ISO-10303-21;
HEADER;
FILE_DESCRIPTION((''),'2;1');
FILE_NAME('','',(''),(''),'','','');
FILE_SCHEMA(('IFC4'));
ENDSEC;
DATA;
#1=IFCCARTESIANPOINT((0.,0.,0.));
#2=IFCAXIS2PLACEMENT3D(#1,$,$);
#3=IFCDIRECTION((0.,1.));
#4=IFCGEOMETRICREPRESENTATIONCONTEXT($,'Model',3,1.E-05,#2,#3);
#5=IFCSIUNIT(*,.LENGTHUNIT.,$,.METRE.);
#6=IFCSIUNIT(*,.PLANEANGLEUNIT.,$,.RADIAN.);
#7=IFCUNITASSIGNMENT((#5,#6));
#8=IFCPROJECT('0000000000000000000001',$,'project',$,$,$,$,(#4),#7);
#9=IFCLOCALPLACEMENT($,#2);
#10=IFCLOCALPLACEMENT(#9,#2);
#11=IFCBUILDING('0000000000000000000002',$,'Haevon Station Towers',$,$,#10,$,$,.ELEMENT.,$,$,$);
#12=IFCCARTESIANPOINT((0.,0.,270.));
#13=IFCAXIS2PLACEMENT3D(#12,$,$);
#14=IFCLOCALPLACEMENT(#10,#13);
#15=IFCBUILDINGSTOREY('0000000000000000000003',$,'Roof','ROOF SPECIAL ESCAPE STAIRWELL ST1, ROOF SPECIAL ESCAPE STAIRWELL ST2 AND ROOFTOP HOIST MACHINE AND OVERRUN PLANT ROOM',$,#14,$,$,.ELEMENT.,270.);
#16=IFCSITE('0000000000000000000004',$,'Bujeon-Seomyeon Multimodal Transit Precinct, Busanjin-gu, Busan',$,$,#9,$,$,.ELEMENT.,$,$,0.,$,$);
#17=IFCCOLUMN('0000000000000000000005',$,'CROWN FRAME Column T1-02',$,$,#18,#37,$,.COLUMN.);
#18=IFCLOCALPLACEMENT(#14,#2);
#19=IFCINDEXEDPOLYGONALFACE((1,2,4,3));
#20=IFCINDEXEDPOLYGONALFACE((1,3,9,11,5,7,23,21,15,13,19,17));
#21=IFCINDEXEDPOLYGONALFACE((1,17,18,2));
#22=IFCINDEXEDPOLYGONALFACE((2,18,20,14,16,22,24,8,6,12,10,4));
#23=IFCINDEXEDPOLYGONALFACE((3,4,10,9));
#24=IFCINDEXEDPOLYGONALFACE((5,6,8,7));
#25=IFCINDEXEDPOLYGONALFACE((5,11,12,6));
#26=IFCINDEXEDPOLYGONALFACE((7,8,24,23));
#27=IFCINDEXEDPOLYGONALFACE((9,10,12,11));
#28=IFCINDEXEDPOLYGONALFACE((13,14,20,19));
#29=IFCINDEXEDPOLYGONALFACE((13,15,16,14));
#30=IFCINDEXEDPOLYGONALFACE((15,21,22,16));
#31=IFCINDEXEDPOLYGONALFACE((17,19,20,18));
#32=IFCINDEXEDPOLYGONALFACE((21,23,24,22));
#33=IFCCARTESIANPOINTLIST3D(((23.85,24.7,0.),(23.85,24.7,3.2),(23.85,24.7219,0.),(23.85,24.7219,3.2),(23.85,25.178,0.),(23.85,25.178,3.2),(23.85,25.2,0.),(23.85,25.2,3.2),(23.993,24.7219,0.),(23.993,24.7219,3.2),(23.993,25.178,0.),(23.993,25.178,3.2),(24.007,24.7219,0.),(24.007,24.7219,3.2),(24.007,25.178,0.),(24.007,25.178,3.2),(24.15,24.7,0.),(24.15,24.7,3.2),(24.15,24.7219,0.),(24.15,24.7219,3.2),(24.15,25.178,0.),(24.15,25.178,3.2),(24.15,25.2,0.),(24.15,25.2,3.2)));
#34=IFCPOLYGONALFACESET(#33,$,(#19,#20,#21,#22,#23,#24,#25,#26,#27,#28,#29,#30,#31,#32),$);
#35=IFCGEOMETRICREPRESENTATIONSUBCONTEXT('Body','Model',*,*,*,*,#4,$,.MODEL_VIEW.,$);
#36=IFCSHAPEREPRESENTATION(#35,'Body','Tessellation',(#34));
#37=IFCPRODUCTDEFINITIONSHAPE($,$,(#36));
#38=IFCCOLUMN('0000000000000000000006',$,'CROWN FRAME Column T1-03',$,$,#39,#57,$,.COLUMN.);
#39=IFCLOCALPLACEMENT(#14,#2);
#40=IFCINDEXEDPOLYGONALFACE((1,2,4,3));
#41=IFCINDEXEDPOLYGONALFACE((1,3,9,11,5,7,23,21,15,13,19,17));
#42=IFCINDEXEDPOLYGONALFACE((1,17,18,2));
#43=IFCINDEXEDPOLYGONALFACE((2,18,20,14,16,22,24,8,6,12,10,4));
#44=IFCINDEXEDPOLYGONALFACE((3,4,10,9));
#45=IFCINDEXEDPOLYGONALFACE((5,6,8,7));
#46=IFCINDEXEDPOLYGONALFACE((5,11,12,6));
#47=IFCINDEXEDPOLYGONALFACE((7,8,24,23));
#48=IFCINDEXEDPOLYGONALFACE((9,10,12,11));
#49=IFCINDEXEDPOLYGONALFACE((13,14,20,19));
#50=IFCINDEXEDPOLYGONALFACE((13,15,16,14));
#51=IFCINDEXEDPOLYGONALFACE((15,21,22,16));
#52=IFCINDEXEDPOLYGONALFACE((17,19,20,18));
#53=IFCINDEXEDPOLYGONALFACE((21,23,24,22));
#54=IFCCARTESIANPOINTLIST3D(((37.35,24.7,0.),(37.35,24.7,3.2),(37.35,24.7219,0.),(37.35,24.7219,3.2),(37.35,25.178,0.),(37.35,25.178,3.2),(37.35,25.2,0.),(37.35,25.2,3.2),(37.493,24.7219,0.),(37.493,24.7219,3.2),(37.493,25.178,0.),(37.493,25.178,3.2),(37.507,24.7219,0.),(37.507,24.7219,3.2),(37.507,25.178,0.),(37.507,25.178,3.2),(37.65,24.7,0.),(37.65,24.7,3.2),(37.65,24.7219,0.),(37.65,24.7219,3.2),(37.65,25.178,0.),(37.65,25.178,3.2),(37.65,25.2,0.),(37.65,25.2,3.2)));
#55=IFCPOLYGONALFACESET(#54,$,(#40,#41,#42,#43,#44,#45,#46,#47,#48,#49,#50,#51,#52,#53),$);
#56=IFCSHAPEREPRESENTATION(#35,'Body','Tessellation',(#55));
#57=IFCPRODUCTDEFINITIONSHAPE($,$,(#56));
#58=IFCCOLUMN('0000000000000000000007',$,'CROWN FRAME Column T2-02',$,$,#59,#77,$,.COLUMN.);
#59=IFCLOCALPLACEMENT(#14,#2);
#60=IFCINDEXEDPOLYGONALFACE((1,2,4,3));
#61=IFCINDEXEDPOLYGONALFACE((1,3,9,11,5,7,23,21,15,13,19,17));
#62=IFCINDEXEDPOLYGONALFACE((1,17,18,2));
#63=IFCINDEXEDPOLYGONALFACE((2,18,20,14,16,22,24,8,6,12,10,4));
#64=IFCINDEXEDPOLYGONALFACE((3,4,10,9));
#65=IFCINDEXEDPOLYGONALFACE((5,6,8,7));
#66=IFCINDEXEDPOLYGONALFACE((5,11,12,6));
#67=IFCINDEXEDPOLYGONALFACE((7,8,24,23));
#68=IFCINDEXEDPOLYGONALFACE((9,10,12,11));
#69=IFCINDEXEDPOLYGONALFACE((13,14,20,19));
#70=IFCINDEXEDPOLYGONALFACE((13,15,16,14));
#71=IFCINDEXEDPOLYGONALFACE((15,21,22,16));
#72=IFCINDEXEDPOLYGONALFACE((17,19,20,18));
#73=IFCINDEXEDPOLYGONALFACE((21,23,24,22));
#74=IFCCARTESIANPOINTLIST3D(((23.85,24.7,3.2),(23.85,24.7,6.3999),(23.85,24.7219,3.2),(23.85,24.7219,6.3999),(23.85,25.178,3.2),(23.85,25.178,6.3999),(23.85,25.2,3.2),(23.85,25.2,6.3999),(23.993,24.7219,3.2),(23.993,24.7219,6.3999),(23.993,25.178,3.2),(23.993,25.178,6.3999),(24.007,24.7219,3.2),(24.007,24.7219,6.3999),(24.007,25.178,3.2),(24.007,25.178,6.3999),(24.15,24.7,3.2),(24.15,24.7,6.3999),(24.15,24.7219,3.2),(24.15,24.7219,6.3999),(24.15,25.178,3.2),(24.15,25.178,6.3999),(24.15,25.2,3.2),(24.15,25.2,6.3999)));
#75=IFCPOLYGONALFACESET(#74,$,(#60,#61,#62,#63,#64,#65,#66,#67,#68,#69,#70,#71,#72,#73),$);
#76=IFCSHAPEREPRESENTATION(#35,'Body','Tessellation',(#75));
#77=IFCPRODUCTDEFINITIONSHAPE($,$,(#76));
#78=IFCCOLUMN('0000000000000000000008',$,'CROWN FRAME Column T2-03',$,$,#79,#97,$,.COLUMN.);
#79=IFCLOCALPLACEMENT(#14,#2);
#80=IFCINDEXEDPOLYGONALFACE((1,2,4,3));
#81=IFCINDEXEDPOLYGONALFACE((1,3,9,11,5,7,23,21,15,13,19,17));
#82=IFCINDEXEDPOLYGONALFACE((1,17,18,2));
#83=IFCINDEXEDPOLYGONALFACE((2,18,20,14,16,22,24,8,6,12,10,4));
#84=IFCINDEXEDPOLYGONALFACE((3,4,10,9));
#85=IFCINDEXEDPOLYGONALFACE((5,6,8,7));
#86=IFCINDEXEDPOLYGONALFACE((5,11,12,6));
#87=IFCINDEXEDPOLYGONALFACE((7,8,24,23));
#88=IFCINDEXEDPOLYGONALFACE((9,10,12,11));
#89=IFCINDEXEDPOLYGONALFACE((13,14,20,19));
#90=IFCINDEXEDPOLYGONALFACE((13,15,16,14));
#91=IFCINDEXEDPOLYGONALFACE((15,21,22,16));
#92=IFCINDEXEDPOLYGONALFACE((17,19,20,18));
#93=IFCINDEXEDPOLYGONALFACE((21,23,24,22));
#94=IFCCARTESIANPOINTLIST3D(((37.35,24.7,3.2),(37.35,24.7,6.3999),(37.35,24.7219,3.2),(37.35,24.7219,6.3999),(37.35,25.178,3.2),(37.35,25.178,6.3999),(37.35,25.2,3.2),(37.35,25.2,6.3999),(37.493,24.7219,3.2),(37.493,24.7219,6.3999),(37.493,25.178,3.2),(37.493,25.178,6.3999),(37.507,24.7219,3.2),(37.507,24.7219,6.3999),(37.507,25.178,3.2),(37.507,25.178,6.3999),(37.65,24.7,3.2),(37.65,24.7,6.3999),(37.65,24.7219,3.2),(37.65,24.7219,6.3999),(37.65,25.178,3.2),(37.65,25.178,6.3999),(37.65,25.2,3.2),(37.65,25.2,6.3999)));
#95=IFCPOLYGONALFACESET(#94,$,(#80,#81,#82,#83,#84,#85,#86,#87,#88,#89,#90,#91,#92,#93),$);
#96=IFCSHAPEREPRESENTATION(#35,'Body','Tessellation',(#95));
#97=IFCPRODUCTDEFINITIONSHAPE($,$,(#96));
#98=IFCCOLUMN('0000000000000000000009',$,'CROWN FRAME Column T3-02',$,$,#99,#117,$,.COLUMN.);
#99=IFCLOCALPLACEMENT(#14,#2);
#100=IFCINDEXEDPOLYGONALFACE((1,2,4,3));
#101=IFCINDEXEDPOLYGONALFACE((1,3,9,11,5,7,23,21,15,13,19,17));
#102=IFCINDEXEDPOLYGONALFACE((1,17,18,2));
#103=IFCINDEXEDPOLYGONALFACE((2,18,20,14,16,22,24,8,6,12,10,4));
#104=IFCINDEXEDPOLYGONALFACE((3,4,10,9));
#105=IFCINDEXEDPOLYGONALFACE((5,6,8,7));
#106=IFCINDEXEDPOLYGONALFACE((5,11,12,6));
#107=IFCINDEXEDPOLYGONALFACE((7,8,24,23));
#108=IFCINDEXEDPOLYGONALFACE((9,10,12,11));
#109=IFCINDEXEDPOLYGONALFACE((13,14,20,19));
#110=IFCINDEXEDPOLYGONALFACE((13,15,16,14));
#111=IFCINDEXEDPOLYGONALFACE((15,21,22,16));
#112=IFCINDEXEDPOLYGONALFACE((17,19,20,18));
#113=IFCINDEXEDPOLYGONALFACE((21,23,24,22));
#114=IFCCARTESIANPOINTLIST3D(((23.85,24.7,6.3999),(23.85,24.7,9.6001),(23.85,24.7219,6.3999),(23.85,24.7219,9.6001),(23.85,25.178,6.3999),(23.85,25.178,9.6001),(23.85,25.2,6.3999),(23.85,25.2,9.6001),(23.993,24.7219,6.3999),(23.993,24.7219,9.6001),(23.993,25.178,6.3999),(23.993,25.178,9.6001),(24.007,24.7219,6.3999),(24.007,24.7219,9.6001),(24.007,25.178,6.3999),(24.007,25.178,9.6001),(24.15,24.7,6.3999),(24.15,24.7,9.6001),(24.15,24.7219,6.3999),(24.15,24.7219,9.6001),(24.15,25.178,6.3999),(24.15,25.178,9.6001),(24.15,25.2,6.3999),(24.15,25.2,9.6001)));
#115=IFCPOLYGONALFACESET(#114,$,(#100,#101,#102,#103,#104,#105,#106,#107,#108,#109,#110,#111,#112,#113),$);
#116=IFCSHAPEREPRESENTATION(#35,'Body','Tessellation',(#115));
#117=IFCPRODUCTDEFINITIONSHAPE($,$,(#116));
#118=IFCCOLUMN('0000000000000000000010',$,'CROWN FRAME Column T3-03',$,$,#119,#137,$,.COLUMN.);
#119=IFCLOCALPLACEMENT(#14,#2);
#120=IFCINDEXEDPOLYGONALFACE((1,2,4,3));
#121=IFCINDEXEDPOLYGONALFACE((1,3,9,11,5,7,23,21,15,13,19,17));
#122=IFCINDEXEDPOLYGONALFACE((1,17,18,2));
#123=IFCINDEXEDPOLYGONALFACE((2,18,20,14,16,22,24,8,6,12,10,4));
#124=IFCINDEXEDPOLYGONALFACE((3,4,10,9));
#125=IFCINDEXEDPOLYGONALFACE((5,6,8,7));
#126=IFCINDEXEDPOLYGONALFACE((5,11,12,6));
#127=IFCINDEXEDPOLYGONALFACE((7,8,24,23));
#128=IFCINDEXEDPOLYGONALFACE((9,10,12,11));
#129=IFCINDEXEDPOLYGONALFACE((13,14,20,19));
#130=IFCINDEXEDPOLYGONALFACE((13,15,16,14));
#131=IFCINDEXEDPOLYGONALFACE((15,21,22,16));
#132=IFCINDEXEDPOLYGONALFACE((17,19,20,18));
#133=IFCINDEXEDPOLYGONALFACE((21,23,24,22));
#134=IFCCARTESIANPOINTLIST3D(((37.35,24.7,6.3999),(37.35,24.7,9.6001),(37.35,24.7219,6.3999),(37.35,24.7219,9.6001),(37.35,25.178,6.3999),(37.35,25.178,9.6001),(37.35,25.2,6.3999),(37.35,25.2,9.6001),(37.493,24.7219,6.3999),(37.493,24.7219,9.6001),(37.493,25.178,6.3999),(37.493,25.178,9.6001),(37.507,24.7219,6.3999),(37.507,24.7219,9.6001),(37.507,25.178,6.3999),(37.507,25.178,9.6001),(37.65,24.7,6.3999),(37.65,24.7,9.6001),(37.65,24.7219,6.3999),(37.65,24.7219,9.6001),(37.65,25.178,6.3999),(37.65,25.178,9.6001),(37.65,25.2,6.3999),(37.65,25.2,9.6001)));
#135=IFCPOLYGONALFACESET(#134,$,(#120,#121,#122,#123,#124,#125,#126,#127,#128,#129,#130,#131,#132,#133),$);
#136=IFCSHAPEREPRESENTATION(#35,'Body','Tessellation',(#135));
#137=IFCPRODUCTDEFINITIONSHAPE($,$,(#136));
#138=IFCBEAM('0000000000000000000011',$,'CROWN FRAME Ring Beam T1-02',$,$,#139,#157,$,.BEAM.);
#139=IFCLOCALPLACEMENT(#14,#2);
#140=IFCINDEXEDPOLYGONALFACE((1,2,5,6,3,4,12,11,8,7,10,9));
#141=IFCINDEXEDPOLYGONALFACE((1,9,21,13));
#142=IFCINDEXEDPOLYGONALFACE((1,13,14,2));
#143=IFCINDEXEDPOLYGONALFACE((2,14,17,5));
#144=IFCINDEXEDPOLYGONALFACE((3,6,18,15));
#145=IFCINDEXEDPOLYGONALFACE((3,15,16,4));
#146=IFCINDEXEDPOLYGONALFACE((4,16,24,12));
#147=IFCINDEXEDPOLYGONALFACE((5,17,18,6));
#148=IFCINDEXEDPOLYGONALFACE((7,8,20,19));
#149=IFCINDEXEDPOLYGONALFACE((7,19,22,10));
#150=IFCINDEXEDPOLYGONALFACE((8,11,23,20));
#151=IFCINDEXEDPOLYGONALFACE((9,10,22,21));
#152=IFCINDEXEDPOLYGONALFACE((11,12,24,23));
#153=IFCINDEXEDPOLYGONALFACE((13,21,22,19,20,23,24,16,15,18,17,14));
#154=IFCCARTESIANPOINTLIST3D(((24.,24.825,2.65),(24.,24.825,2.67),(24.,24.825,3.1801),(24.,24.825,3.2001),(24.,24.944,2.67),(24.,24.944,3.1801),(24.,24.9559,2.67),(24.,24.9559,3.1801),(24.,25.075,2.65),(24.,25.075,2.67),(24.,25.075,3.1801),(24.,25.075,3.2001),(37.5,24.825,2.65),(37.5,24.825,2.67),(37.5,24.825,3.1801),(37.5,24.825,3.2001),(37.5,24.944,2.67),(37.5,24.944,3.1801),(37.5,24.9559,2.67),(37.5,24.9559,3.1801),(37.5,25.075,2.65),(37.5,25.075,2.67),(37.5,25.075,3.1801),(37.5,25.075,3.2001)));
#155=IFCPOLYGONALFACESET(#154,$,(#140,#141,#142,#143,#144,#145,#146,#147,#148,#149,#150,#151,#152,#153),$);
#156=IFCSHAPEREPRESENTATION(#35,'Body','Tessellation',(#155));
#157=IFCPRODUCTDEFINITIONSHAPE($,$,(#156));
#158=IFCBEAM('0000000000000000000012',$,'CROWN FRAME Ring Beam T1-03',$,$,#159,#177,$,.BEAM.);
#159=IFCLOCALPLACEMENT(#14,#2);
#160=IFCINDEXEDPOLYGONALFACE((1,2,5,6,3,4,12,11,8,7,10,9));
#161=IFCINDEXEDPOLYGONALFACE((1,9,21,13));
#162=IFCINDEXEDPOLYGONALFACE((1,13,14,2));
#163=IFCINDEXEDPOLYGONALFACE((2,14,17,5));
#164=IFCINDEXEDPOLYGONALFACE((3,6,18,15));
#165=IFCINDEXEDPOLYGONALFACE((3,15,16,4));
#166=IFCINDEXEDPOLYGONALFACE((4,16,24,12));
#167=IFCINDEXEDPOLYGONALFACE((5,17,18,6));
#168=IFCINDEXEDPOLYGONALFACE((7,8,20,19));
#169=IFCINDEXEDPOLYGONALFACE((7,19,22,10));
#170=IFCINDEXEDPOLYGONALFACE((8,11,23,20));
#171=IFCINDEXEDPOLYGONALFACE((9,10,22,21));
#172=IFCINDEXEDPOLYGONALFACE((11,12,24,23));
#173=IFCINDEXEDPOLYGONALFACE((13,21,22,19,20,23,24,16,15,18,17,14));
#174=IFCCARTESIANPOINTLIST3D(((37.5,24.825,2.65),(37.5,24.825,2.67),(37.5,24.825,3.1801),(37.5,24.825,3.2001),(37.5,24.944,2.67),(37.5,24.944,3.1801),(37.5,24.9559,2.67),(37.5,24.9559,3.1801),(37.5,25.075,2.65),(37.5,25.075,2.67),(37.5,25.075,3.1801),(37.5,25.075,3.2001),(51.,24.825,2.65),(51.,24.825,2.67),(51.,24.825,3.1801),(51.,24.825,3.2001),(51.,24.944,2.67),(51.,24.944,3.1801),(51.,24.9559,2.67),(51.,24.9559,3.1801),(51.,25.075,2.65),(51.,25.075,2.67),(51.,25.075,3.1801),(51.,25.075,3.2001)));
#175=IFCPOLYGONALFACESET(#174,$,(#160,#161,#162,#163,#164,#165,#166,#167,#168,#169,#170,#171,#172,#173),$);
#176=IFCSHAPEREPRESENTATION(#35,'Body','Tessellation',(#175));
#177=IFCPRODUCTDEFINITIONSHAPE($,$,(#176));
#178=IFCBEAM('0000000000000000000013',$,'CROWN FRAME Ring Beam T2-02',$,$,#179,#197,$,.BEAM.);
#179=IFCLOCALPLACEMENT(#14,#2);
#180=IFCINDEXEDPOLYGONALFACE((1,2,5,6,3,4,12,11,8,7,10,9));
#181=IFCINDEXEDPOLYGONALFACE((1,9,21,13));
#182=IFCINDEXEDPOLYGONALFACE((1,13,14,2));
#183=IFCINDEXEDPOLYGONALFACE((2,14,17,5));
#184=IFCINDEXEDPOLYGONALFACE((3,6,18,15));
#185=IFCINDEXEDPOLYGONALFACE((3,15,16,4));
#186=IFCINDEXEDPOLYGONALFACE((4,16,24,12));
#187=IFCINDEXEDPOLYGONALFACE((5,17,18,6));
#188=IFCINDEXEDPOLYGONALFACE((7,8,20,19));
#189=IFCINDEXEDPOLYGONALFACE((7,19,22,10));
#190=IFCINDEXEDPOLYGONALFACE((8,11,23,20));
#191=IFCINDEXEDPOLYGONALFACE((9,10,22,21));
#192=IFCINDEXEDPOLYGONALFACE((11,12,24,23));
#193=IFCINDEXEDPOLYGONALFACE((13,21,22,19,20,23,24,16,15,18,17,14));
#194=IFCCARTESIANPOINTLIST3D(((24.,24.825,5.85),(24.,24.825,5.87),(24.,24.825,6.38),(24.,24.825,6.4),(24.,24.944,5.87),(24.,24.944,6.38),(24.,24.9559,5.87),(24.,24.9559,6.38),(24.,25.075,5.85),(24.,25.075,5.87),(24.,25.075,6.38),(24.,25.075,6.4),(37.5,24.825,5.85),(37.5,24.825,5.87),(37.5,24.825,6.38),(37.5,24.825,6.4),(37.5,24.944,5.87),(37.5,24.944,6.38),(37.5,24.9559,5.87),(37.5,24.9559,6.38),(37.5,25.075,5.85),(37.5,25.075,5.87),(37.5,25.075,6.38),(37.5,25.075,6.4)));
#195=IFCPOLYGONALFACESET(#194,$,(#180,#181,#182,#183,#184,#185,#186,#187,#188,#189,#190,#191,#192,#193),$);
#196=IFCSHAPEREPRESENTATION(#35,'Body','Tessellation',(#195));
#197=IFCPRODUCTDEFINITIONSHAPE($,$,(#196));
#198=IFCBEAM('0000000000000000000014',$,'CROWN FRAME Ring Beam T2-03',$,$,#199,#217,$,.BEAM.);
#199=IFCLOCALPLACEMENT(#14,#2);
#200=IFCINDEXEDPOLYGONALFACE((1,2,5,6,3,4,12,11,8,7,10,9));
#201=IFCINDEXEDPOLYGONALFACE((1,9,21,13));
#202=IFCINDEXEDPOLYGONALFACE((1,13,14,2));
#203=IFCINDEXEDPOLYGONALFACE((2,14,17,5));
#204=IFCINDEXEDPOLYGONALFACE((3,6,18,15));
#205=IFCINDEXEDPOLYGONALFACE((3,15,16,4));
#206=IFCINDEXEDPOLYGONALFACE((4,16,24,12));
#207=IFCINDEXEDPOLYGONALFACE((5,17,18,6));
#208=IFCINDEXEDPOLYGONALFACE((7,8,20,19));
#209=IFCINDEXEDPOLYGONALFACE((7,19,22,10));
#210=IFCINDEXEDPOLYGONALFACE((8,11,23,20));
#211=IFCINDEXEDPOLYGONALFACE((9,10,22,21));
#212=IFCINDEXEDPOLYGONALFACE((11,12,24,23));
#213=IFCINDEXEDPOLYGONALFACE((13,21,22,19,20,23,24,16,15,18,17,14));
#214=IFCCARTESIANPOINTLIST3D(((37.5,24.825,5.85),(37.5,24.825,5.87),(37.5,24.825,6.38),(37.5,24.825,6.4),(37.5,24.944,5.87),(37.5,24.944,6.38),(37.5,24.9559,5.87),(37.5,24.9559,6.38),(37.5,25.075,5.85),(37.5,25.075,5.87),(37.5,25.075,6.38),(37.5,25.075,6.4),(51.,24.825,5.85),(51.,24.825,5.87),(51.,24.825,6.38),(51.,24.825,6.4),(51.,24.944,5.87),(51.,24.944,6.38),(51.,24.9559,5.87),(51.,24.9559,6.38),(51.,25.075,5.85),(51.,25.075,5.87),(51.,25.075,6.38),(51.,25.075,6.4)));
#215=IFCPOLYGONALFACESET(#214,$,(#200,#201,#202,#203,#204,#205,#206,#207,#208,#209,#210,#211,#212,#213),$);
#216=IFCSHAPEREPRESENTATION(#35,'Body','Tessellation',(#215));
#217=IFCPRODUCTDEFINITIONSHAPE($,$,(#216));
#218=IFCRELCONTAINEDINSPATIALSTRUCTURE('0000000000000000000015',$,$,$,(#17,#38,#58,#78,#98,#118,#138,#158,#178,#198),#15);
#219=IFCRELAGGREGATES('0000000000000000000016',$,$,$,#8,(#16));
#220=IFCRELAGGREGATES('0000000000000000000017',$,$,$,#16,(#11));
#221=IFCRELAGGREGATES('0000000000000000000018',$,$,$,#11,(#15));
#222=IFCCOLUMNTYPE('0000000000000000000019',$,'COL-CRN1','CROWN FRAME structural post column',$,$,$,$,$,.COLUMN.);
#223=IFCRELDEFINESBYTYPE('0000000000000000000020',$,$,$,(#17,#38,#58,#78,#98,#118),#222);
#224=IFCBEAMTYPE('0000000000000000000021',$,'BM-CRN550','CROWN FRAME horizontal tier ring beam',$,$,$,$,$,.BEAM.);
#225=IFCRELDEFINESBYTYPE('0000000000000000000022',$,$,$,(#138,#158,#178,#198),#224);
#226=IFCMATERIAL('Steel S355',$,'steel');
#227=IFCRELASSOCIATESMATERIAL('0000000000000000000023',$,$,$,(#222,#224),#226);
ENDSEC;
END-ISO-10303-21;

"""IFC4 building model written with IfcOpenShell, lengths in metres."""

from ifc_helpers import new_model, si_unit, direction, frame, origin, origin_2d, place, context, subcontext, project, spatial, i_section, extrude, material, material_profile, profile_set, type_object, element, save


model = new_model("IFC4")

# Units and contexts
model_context = context("Model", 3, precision=1e-05, world=origin(), true_north=direction((0.0, 1.0)))
body_context = subcontext(model_context, "Body", "Model", "MODEL_VIEW")
ifc_project = project(units=[si_unit("LENGTHUNIT", "METRE"), si_unit("PLANEANGLEUNIT", "RADIAN")], contexts=[model_context])

# Site, building, storey
site_placement = place(None, origin())
site = spatial("IfcSite", under=ifc_project, at=site_placement, Name="Bujeon-Seomyeon Multimodal Transit Precinct, Busanjin-gu, Busan", CompositionType="ELEMENT", RefElevation=0.0)
building_placement = place(site_placement, origin())
building = spatial("IfcBuilding", under=site, at=building_placement, Name="Haevon Station Towers", CompositionType="ELEMENT")
storey_placement = place(building_placement, frame((0.0, 0.0, 270.0)))
storey = spatial("IfcBuildingStorey", under=building, at=storey_placement, Name="Roof", Description="ROOF SPECIAL ESCAPE STAIRWELL ST1, ROOF SPECIAL ESCAPE STAIRWELL ST2 AND ROOFTOP HOIST MACHINE AND OVERRUN PLANT ROOM", CompositionType="ELEMENT", Elevation=270.0)

# Columns
ifc_material_1 = material(Name="Steel S355", Category="steel")
ifc_material_profile_1 = material_profile(ifc_material_1, i_section(OverallWidth=0.3, OverallDepth=0.5, WebThickness=0.0139, FlangeThickness=0.022, at=origin_2d()), Name="H-500x300x14x22")
ifc_profile_set_1 = profile_set([ifc_material_profile_1], Name="Steel S355")
column_type = type_object("IfcColumnType", Name="COL-CRN1", Description="CROWN FRAME structural post column", PredefinedType="COLUMN", material=ifc_profile_set_1)
for number, where, z_axis, x_axis, name in (
    (1, (24.0, 24.95, 0.0), (0.0, 0.0, 1.0), (1.0, 0.0, 0.0), "CROWN FRAME Column T1-02"),
    (2, (37.5, 24.95, 0.0), (0.0, 0.0, 1.0), (1.0, 0.0, 0.0), "CROWN FRAME Column T1-03"),
    (3, (24.0, 24.95, 3.2), (0.0, 0.0, 1.0), (1.0, 0.0, 0.0), "CROWN FRAME Column T2-02"),
    (4, (37.5, 24.95, 3.2), (0.0, 0.0, 1.0), (1.0, 0.0, 0.0), "CROWN FRAME Column T2-03"),
):
    element("IfcColumn", number, at=place(storey_placement, frame(where, z_axis=z_axis, x_axis=x_axis)), inside=storey, type_object=column_type, Name=name, PredefinedType="COLUMN", context=body_context, shape_type="SweptSolid", body=[
        extrude(i_section(OverallWidth=0.3, OverallDepth=0.5, WebThickness=0.0139, FlangeThickness=0.022, at=origin_2d()), origin(), (0.0, 0.0, 1.0), 3.2),
    ])
for number, where, z_axis, x_axis, name in (
    (5, (24.0, 24.95, 6.3999), (0.0, 0.0, 1.0), (1.0, 0.0, 0.0), "CROWN FRAME Column T3-02"),
    (6, (37.5, 24.95, 6.3999), (0.0, 0.0, 1.0), (1.0, 0.0, 0.0), "CROWN FRAME Column T3-03"),
):
    element("IfcColumn", number, at=place(storey_placement, frame(where, z_axis=z_axis, x_axis=x_axis)), inside=storey, type_object=column_type, Name=name, PredefinedType="COLUMN", context=body_context, shape_type="SweptSolid", body=[
        extrude(i_section(OverallWidth=0.3, OverallDepth=0.5, WebThickness=0.0139, FlangeThickness=0.022, at=origin_2d()), origin(), (0.0, 0.0, 1.0), 3.2002),
    ])

# Beams
ifc_material_profile_2 = material_profile(ifc_material_1, i_section(OverallWidth=0.25, OverallDepth=0.55, WebThickness=0.012, FlangeThickness=0.02, at=origin_2d()), Name="H-550x250x12x20")
ifc_profile_set_2 = profile_set([ifc_material_profile_2], Name="Steel S355")
beam_type = type_object("IfcBeamType", Name="BM-CRN550", Description="CROWN FRAME horizontal tier ring beam", PredefinedType="BEAM", material=ifc_profile_set_2)
for number, where, z_axis, x_axis, name in (
    (7, (24.0, 24.95, 2.925), (1.0, 0.0, 0.0), (0.0, 1.0, 0.0), "CROWN FRAME Ring Beam T1-02"),
    (8, (37.5, 24.95, 2.925), (1.0, 0.0, 0.0), (0.0, 1.0, 0.0), "CROWN FRAME Ring Beam T1-03"),
    (9, (24.0, 24.95, 6.125), (1.0, 0.0, 0.0), (0.0, 1.0, 0.0), "CROWN FRAME Ring Beam T2-02"),
    (10, (37.5, 24.95, 6.125), (1.0, 0.0, 0.0), (0.0, 1.0, 0.0), "CROWN FRAME Ring Beam T2-03"),
):
    element("IfcBeam", number, at=place(storey_placement, frame(where, z_axis=z_axis, x_axis=x_axis)), inside=storey, type_object=beam_type, Name=name, PredefinedType="BEAM", context=body_context, shape_type="SweptSolid", body=[
        extrude(i_section(OverallWidth=0.25, OverallDepth=0.55, WebThickness=0.012, FlangeThickness=0.02, at=origin_2d()), origin(), (0.0, 0.0, 1.0), 13.5),
    ])

save(model, "model.ifc")
